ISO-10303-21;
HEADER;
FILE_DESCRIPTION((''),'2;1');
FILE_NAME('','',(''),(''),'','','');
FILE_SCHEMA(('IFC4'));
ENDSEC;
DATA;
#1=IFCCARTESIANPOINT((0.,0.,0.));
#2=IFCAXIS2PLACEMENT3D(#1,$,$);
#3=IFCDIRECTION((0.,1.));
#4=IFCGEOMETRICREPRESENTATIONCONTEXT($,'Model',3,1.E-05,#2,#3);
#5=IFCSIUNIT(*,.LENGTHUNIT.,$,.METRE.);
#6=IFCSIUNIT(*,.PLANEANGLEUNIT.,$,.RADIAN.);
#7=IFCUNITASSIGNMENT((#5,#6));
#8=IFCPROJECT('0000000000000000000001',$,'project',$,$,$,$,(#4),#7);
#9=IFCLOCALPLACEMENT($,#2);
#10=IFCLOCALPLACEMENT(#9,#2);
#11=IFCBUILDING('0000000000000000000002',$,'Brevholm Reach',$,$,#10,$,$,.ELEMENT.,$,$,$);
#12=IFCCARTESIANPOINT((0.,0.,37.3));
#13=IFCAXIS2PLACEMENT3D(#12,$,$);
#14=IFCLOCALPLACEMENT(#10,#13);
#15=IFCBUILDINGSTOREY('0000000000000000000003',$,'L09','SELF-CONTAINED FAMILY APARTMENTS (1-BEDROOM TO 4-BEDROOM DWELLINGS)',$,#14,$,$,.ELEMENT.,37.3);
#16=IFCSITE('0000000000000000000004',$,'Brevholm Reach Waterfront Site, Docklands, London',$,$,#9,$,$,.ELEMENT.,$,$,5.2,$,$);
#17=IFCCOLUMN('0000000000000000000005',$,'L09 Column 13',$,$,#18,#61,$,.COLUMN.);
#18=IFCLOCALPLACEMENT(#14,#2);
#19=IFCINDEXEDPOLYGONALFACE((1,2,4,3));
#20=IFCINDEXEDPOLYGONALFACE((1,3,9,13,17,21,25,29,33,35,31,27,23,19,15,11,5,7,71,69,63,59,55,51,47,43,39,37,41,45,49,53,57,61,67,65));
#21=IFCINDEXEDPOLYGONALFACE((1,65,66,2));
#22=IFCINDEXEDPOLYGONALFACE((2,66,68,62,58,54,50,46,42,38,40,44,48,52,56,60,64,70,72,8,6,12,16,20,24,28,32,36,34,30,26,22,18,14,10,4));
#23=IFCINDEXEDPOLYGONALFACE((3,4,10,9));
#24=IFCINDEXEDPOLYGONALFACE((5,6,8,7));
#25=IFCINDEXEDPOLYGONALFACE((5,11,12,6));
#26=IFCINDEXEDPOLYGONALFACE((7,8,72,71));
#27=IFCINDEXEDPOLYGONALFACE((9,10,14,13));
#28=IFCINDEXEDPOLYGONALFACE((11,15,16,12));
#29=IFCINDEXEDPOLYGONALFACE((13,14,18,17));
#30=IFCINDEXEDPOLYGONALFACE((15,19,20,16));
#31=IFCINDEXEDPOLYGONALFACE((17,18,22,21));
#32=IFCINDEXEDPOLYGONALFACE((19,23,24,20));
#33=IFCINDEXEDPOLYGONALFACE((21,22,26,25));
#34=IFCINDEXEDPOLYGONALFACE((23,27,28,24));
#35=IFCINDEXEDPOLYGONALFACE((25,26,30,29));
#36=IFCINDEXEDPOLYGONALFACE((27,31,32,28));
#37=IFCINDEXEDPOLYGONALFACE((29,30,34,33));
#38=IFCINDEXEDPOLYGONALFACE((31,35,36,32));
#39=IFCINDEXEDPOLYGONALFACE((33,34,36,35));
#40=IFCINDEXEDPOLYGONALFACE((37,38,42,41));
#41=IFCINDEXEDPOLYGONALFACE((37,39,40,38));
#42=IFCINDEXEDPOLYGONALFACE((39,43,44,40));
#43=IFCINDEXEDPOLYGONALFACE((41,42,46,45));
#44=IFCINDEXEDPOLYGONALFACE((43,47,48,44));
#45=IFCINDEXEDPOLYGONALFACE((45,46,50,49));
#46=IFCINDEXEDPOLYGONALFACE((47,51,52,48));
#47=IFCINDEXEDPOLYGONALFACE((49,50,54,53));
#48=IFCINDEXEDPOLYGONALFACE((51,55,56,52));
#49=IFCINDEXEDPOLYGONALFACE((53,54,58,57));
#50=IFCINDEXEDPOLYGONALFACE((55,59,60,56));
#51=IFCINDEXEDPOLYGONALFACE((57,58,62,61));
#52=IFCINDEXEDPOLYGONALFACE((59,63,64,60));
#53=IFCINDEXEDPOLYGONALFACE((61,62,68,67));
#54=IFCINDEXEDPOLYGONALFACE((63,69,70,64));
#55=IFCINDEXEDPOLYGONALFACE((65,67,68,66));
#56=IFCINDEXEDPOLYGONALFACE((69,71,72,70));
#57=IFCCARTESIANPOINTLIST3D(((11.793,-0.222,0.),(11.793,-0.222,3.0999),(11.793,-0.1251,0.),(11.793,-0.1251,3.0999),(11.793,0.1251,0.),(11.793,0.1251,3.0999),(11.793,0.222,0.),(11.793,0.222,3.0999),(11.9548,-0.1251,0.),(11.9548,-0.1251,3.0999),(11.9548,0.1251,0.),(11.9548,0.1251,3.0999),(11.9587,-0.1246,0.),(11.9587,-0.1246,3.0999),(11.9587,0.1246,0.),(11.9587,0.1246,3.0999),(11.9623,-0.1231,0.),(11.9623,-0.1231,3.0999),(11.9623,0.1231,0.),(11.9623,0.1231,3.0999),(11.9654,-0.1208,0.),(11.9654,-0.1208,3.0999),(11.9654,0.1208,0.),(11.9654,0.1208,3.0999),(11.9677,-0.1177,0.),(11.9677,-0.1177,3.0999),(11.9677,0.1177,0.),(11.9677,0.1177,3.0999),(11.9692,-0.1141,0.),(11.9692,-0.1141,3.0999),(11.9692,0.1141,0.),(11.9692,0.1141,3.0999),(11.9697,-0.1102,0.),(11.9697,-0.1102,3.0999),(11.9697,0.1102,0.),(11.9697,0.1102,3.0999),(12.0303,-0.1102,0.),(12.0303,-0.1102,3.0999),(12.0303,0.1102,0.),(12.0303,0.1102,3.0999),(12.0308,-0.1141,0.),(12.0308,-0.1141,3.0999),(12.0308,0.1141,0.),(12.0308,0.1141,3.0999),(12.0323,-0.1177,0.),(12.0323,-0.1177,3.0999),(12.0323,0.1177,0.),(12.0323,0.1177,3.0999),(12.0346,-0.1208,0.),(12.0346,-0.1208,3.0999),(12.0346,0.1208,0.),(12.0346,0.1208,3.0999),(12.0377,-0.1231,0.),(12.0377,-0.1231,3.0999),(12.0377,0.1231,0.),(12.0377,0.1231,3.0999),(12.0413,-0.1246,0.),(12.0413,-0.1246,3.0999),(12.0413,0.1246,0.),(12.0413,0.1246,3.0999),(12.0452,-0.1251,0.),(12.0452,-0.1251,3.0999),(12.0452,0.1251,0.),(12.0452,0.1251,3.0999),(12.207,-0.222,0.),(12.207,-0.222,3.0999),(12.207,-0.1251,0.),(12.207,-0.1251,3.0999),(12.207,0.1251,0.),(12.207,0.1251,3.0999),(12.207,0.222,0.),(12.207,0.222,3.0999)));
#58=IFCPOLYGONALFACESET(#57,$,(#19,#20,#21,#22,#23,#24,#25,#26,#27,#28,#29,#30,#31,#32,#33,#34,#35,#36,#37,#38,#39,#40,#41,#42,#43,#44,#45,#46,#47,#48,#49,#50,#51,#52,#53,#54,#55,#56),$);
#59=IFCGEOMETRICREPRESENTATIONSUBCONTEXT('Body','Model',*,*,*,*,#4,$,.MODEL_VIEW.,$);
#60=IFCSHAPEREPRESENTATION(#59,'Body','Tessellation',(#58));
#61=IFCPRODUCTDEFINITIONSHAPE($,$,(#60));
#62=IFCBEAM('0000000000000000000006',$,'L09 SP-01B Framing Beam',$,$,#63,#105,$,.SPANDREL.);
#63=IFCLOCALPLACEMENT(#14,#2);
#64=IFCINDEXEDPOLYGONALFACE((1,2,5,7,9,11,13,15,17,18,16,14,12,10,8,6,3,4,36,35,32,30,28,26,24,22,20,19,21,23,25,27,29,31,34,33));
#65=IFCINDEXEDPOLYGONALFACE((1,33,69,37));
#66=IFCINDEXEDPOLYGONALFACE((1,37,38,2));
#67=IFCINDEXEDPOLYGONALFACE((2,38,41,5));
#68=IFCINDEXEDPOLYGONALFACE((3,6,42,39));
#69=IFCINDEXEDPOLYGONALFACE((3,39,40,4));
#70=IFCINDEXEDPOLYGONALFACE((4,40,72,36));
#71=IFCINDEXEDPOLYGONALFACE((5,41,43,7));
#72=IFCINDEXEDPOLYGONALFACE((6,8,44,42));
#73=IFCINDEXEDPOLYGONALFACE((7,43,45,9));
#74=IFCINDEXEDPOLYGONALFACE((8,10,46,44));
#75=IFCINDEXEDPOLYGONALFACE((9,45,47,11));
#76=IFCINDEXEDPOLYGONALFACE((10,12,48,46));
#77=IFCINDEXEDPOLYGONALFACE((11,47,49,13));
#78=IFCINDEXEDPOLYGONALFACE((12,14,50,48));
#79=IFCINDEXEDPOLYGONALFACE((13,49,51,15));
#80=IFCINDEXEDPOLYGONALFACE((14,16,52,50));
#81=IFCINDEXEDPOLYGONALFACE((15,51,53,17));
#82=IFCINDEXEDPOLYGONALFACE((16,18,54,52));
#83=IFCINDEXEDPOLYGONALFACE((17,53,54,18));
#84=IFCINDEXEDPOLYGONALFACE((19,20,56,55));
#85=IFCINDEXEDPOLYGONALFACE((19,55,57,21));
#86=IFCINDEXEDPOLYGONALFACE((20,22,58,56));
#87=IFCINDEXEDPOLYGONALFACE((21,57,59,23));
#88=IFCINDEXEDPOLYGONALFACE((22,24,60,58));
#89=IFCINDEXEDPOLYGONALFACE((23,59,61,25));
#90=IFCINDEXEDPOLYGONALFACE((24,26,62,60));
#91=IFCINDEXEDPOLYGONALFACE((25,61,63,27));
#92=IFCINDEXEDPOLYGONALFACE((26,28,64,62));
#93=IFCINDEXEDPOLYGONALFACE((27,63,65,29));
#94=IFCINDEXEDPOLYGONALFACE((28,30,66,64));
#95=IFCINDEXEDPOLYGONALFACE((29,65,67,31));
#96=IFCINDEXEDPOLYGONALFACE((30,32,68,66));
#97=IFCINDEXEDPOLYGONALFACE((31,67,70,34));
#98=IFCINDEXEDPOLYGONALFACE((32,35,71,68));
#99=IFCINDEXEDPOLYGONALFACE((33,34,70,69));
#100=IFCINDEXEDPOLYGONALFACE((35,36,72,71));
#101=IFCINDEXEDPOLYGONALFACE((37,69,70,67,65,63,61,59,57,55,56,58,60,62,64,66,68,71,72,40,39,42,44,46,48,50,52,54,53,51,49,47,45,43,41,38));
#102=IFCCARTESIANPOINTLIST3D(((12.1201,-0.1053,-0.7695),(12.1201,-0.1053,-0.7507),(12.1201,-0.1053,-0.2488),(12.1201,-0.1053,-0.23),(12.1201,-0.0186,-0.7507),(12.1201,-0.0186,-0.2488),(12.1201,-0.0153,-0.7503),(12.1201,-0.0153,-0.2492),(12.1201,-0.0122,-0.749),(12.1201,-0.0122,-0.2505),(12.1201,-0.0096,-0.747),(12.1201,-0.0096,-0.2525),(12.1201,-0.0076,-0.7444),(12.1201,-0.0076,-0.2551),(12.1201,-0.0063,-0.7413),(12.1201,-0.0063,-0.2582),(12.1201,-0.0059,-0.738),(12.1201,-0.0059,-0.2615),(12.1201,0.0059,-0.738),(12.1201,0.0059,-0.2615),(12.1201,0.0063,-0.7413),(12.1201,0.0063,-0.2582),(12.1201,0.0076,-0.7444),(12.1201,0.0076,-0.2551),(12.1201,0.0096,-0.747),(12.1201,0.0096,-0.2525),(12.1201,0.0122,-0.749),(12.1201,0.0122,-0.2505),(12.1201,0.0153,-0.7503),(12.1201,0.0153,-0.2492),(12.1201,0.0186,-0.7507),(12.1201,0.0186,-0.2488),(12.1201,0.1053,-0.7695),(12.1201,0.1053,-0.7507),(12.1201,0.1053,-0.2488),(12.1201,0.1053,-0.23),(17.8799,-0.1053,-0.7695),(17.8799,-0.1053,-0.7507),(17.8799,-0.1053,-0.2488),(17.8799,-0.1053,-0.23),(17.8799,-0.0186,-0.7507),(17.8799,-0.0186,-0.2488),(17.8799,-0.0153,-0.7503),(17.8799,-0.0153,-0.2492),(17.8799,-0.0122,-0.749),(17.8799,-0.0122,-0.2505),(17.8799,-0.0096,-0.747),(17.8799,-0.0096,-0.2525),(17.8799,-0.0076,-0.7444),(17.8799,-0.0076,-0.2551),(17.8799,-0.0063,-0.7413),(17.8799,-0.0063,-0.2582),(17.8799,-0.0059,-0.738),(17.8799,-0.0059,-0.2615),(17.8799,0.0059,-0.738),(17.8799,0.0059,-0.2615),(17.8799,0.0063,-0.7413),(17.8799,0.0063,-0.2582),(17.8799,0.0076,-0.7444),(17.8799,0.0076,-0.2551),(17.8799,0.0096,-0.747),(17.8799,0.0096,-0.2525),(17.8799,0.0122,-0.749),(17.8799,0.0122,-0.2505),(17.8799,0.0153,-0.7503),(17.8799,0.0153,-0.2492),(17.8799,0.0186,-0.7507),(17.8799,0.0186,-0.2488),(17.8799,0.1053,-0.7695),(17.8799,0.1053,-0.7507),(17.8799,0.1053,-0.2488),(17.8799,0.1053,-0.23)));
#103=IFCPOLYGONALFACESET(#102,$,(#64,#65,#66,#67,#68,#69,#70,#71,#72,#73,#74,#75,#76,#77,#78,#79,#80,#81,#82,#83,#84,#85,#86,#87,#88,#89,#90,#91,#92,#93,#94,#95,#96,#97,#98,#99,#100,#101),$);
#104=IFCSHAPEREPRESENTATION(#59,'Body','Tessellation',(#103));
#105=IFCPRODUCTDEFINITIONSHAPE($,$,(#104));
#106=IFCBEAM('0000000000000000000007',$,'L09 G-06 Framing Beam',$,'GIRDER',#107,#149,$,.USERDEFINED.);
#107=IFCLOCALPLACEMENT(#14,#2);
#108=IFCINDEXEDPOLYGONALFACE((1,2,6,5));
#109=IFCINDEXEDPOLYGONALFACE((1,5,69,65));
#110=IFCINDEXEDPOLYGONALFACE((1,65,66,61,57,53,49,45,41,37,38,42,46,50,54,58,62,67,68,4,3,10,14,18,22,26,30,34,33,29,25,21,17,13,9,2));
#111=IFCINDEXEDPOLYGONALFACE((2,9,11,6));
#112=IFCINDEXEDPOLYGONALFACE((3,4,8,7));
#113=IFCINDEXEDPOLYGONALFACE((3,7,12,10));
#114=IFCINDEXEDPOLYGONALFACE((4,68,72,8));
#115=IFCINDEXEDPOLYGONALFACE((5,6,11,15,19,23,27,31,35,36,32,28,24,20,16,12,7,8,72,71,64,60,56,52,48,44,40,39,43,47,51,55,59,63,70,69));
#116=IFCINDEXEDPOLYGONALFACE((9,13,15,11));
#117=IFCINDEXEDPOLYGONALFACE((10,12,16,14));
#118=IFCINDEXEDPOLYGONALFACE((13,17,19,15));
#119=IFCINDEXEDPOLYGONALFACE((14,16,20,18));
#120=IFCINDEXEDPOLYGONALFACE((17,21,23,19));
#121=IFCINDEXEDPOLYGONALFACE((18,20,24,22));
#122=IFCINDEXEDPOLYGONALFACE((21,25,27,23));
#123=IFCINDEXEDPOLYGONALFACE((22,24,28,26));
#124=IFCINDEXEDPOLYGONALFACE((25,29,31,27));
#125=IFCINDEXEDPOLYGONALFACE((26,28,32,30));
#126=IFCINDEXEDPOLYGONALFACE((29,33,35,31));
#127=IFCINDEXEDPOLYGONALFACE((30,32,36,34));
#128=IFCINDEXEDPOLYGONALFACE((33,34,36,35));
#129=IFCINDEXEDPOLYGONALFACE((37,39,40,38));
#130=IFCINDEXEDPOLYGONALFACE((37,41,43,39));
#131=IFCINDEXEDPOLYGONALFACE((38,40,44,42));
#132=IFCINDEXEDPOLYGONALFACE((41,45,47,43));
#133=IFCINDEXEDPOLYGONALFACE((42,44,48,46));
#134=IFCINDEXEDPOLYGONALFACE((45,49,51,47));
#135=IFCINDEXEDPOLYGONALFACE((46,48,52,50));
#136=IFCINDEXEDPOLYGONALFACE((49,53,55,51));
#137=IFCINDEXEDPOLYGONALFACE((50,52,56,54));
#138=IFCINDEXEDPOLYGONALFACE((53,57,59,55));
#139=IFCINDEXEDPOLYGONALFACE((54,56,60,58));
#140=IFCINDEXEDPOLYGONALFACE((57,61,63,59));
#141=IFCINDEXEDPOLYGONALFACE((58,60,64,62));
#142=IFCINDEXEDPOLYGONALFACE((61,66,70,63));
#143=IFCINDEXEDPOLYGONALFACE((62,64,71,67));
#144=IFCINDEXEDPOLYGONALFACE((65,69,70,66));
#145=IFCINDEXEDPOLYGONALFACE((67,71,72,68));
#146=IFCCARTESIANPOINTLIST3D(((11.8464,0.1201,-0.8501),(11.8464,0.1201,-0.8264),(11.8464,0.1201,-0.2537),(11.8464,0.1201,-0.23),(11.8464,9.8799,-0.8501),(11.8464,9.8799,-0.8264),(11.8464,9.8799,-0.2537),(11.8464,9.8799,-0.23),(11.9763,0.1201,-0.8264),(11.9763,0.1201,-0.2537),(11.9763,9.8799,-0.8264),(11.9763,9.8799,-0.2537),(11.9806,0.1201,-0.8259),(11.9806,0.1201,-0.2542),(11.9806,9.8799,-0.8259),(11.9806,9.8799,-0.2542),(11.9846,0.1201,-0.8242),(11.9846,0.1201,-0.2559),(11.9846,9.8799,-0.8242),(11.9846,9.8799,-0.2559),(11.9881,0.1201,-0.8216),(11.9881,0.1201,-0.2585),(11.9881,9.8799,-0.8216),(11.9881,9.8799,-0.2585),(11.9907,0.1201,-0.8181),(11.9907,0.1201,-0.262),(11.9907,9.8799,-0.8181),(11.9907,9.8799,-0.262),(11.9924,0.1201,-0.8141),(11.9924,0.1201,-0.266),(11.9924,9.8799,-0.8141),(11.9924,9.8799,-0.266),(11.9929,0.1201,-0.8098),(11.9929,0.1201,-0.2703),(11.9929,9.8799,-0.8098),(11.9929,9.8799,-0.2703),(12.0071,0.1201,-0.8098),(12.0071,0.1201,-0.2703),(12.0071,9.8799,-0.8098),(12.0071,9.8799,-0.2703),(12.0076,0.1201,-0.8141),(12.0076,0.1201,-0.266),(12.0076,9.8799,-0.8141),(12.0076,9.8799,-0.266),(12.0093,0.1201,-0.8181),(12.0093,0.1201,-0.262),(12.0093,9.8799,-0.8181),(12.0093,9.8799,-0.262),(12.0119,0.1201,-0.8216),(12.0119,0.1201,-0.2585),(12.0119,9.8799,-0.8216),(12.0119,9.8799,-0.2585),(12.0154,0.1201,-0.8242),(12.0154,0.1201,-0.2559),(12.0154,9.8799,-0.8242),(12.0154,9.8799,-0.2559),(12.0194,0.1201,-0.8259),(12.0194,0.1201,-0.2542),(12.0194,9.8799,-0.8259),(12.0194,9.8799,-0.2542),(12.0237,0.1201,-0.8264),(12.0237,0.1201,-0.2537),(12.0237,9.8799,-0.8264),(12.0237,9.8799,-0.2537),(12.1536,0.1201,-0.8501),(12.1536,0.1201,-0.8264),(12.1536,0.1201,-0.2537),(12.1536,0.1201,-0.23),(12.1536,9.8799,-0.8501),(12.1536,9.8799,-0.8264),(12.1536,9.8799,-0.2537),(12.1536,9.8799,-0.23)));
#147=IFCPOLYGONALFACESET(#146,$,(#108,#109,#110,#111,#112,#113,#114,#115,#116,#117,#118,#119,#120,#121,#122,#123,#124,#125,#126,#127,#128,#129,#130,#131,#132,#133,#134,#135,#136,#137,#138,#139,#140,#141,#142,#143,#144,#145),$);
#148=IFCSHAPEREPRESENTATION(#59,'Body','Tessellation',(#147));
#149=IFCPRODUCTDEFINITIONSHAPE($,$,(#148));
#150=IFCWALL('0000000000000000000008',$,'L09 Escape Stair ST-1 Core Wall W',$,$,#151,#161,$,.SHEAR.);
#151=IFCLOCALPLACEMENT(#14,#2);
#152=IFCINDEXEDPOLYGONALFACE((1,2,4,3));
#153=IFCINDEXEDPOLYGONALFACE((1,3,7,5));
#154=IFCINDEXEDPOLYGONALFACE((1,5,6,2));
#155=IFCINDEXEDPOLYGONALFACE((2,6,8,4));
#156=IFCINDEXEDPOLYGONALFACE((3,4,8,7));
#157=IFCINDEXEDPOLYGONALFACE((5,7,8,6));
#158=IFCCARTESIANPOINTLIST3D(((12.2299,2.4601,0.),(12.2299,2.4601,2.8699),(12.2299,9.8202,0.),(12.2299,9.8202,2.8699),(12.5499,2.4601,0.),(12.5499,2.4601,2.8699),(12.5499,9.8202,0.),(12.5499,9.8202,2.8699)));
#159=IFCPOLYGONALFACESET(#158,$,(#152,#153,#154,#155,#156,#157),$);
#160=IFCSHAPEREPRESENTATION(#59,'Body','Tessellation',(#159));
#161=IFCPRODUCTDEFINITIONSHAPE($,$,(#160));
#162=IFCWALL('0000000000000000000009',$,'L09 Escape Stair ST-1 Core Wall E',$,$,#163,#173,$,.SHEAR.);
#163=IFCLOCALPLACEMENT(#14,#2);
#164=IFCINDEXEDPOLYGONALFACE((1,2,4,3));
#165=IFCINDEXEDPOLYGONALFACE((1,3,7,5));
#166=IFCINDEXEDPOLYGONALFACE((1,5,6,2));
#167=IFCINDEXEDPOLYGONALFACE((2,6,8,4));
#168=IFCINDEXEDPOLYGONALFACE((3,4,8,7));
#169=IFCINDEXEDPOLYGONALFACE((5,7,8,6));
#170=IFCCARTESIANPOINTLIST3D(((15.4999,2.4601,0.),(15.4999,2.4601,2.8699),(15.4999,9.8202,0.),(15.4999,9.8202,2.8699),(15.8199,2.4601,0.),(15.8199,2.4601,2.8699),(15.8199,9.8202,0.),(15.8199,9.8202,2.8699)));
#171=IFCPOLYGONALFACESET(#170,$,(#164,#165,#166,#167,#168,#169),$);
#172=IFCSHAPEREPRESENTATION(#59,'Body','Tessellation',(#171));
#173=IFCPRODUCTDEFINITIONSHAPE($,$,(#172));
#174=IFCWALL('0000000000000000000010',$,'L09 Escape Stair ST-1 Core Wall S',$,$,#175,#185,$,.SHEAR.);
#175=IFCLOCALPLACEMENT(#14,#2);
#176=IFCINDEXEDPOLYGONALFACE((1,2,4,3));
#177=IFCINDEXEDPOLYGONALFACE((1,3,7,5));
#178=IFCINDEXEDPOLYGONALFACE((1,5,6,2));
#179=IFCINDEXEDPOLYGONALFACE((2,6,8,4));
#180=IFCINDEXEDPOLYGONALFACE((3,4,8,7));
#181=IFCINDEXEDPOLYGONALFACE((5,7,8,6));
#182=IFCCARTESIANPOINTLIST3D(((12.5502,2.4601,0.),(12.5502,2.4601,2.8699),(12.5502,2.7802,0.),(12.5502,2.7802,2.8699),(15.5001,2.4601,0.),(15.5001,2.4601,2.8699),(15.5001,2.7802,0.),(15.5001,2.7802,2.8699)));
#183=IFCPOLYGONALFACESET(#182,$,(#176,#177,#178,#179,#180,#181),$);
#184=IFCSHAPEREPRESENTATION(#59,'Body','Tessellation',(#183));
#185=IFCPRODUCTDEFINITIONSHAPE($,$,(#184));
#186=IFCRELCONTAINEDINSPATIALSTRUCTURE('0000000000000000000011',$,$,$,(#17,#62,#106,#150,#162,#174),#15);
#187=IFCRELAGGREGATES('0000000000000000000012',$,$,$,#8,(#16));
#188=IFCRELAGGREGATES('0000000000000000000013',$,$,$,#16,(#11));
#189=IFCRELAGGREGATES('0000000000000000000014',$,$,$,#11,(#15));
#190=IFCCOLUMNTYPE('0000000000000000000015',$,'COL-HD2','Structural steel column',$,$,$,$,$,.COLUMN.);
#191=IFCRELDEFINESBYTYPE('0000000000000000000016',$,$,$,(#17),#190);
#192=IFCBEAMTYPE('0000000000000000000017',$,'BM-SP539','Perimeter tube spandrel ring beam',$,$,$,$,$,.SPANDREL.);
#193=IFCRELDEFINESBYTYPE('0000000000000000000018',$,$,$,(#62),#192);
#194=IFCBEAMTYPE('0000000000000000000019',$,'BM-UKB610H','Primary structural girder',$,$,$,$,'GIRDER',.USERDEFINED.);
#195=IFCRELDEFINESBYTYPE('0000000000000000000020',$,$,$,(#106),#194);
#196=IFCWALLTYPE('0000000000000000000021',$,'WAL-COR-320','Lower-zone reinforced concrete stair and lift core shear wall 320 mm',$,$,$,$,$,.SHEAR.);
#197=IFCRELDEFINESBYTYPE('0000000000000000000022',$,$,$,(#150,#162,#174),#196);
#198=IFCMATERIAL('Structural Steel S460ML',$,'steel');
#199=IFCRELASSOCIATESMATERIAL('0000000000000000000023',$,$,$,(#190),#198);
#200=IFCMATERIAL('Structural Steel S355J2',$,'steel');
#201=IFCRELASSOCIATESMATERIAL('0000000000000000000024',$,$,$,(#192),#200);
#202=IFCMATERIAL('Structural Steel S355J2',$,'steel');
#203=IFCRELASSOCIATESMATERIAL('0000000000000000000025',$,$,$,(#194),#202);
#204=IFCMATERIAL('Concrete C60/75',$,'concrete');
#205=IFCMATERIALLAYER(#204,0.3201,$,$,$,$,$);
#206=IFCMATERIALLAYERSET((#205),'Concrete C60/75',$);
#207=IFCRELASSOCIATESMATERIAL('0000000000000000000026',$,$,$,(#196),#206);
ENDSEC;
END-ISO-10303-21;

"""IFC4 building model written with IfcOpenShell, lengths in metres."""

from ifc_helpers import new_model, si_unit, direction, frame, frame_2d, origin, origin_2d, place, context, subcontext, project, spatial, rectangle, i_section, extrude, material, layer, layer_set, material_profile, profile_set, type_object, element, save


model = new_model("IFC4")

# Units and contexts
model_context = context("Model", 3, precision=1e-05, world=origin(), true_north=direction((0.0, 1.0)))
body_context = subcontext(model_context, "Body", "Model", "MODEL_VIEW")
ifc_project = project(units=[si_unit("LENGTHUNIT", "METRE"), si_unit("PLANEANGLEUNIT", "RADIAN")], contexts=[model_context])

# Site, building, storey
site_placement = place(None, origin())
site = spatial("IfcSite", under=ifc_project, at=site_placement, Name="Brevholm Reach Waterfront Site, Docklands, London", CompositionType="ELEMENT", RefElevation=5.2)
building_placement = place(site_placement, origin())
building = spatial("IfcBuilding", under=site, at=building_placement, Name="Brevholm Reach", CompositionType="ELEMENT")
storey_placement = place(building_placement, frame((0.0, 0.0, 37.3)))
storey = spatial("IfcBuildingStorey", under=building, at=storey_placement, Name="L09", Description="SELF-CONTAINED FAMILY APARTMENTS (1-BEDROOM TO 4-BEDROOM DWELLINGS)", CompositionType="ELEMENT", Elevation=37.3)

# Column
ifc_material_1 = material(Name="Structural Steel S460ML", Category="steel")
ifc_material_profile_1 = material_profile(ifc_material_1, i_section(OverallWidth=0.4141, OverallDepth=0.4441, WebThickness=0.0605, FlangeThickness=0.0969, FilletRadius=0.0149, at=origin_2d()), Name="HD 400x818")
ifc_profile_set_1 = profile_set([ifc_material_profile_1], Name="Structural Steel S460ML")
column_type = type_object("IfcColumnType", Name="COL-HD2", Description="Structural steel column", PredefinedType="COLUMN", material=ifc_profile_set_1)
column_placement = place(storey_placement, frame((12.0, 0.0, 0.0), z_axis=(0.0, 0.0, 1.0), x_axis=(1.0, 0.0, 0.0)))
element("IfcColumn", 1, at=column_placement, inside=storey, type_object=column_type, Name="L09 Column 13", PredefinedType="COLUMN", context=body_context, shape_type="SweptSolid", body=[
    extrude(i_section(OverallWidth=0.4141, OverallDepth=0.4441, WebThickness=0.0605, FlangeThickness=0.0969, FilletRadius=0.0149, at=origin_2d()), origin(), (0.0, 0.0, 1.0), 3.0999),
])

# Beams
ifc_material_2 = material(Name="Structural Steel S355J2", Category="steel")
ifc_material_profile_2 = material_profile(ifc_material_2, i_section(OverallWidth=0.2107, OverallDepth=0.5396, WebThickness=0.0117, FlangeThickness=0.0188, FilletRadius=0.0127, at=origin_2d()), Name="UKB 533x210x109")
ifc_profile_set_2 = profile_set([ifc_material_profile_2], Name="Structural Steel S355J2")
beam_type_1 = type_object("IfcBeamType", Name="BM-SP539", Description="Perimeter tube spandrel ring beam", PredefinedType="SPANDREL", material=ifc_profile_set_2)
beam_1_placement = place(storey_placement, frame((12.1201, 0.0, -0.4998), z_axis=(1.0, 0.0, 0.0), x_axis=(0.0, 1.0, 0.0)))
element("IfcBeam", 2, at=beam_1_placement, inside=storey, type_object=beam_type_1, Name="L09 SP-01B Framing Beam", PredefinedType="SPANDREL", context=body_context, shape_type="SweptSolid", body=[
    extrude(i_section(OverallWidth=0.2107, OverallDepth=0.5396, WebThickness=0.0117, FlangeThickness=0.0188, FilletRadius=0.0127, at=origin_2d()), origin(), (0.0, 0.0, 1.0), 5.7598),
])
ifc_material_3 = material(Name="Structural Steel S355J2", Category="steel")
ifc_material_profile_3 = material_profile(ifc_material_3, i_section(OverallWidth=0.3071, OverallDepth=0.6201, WebThickness=0.0142, FlangeThickness=0.0237, FilletRadius=0.0166, at=origin_2d()), Name="UKB 610x305x179")
ifc_profile_set_3 = profile_set([ifc_material_profile_3], Name="Structural Steel S355J2")
beam_type_2 = type_object("IfcBeamType", Name="BM-UKB610H", Description="Primary structural girder", ElementType="GIRDER", PredefinedType="USERDEFINED", material=ifc_profile_set_3)
beam_2_placement = place(storey_placement, frame((12.0, 0.1201, -0.54), z_axis=(0.0, 1.0, 0.0), x_axis=(-1.0, 0.0, 0.0)))
element("IfcBeam", 3, at=beam_2_placement, inside=storey, type_object=beam_type_2, Name="L09 G-06 Framing Beam", ObjectType="GIRDER", PredefinedType="USERDEFINED", context=body_context, shape_type="SweptSolid", body=[
    extrude(i_section(OverallWidth=0.3071, OverallDepth=0.6201, WebThickness=0.0142, FlangeThickness=0.0237, FilletRadius=0.0166, at=origin_2d()), origin(), (0.0, 0.0, 1.0), 9.7598),
])

# Walls
ifc_material_4 = material(Name="Concrete C60/75", Category="concrete")
ifc_layer_1 = layer(ifc_material_4, 0.3201)
ifc_layer_set_1 = layer_set([ifc_layer_1], Name="Concrete C60/75")
wall_type_1 = type_object("IfcWallType", Name="WAL-COR-320", Description="Lower-zone reinforced concrete stair and lift core shear wall 320 mm", PredefinedType="SHEAR", material=ifc_layer_set_1)
for number, where, z_axis, x_axis, name in (
    (4, (12.3899, 2.46, 0.0), (0.0, 0.0, 1.0), (0.0, 1.0, 0.0), "L09 Escape Stair ST-1 Core Wall W"),
    (5, (15.6599, 2.46, 0.0), (0.0, 0.0, 1.0), (0.0, 1.0, 0.0), "L09 Escape Stair ST-1 Core Wall E"),
):
    element("IfcWall", number, at=place(storey_placement, frame(where, z_axis=z_axis, x_axis=x_axis)), inside=storey, type_object=wall_type_1, Name=name, PredefinedType="SHEAR", context=body_context, shape_type="SweptSolid", body=[
        extrude(rectangle(XDim=7.3601, YDim=0.3201, at=frame_2d((3.6802, 0.0))), origin(), (0.0, 0.0, 1.0), 2.8699),
    ])
wall_1_placement = place(storey_placement, frame((12.55, 2.6201, 0.0), z_axis=(0.0, 0.0, 1.0), x_axis=(1.0, 0.0, 0.0)))
element("IfcWall", 6, at=wall_1_placement, inside=storey, type_object=wall_type_1, Name="L09 Escape Stair ST-1 Core Wall S", PredefinedType="SHEAR", context=body_context, shape_type="SweptSolid", body=[
    extrude(rectangle(XDim=2.95, YDim=0.3201, at=frame_2d((1.4751, 0.0))), origin(), (0.0, 0.0, 1.0), 2.8699),
])

save(model, "model.ifc")
